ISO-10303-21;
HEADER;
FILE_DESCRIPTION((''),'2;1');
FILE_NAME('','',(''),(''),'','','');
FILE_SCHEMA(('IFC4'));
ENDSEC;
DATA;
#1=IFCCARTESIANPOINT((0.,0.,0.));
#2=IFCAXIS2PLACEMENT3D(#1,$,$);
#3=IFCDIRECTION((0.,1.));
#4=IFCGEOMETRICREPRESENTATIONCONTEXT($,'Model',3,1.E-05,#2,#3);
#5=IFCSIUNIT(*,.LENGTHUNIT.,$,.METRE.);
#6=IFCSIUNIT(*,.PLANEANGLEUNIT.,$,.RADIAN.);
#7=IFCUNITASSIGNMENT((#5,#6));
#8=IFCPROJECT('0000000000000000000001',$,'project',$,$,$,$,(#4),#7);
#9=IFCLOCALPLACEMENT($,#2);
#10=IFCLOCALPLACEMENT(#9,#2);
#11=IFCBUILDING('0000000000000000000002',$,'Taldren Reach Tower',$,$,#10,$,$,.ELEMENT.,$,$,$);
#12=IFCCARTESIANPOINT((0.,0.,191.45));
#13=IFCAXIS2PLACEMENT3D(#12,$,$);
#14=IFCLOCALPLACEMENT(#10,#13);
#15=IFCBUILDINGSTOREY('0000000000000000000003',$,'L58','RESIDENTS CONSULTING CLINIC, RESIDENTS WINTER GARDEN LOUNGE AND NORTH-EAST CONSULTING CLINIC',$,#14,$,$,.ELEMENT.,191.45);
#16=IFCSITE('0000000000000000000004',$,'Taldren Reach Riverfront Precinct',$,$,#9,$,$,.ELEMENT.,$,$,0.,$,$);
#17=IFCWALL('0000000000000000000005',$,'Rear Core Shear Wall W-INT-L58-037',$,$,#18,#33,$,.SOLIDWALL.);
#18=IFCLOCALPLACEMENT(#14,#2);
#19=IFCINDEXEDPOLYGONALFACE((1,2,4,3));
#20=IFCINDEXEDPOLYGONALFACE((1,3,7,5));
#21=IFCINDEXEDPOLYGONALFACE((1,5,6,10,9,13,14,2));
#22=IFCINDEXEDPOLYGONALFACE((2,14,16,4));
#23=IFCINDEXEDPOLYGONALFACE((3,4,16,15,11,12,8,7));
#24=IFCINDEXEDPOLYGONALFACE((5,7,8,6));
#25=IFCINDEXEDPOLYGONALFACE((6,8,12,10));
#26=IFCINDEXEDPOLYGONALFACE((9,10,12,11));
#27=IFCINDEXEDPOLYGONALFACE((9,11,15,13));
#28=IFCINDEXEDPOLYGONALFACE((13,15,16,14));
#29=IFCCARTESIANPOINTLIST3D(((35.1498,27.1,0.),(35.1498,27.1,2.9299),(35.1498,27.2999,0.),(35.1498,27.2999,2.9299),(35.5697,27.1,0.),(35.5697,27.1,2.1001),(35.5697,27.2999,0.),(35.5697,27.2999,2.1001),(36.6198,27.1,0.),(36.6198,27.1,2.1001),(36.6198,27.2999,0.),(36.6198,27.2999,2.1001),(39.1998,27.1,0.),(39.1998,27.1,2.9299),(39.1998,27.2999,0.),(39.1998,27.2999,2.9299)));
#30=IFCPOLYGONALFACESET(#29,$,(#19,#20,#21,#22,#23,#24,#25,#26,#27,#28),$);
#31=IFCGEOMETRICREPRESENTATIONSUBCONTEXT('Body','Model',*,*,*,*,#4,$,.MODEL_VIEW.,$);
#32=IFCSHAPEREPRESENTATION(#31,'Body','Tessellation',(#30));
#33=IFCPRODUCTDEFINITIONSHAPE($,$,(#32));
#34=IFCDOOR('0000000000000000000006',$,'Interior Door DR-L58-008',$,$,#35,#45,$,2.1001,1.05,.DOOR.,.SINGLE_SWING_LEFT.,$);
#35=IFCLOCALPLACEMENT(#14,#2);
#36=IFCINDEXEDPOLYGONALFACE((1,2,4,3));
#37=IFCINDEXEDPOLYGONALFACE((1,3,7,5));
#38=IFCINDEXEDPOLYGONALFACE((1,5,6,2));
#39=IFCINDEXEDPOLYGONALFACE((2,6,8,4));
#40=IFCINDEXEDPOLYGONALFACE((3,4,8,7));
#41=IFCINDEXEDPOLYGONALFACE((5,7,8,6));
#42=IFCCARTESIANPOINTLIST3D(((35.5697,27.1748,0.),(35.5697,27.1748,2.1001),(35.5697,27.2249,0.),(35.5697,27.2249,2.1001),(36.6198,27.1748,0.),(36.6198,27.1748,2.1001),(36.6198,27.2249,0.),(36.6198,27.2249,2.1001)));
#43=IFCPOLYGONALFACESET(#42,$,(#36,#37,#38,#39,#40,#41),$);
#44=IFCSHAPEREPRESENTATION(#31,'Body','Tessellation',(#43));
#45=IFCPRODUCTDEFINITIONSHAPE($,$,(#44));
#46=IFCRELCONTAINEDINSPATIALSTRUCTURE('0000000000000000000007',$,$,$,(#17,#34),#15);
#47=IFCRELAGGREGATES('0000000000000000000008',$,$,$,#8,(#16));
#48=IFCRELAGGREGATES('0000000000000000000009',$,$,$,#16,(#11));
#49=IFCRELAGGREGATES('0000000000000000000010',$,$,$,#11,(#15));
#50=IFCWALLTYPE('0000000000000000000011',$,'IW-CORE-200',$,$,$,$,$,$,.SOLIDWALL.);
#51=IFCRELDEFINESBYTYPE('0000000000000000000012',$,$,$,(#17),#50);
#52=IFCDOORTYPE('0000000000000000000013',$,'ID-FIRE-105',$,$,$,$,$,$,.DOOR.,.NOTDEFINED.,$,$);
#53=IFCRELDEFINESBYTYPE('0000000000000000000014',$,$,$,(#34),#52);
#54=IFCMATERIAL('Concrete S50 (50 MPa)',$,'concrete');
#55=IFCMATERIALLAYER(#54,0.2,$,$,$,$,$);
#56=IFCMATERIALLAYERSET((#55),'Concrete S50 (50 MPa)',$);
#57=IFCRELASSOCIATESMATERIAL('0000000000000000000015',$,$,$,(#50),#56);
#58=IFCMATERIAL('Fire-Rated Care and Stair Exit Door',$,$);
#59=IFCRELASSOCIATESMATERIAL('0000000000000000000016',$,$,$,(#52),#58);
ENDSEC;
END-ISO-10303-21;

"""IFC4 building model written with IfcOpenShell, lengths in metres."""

from ifc_helpers import new_model, si_unit, direction, frame, frame_2d, origin, place, context, subcontext, project, spatial, rectangle, extrude, source, transform, mapped, material, layer, layer_set, type_object, element, fill, save


model = new_model("IFC4")

# Units and contexts
model_context = context("Model", 3, precision=1e-05, world=origin(), true_north=direction((0.0, 1.0)))
body_context = subcontext(model_context, "Body", "Model", "MODEL_VIEW")
ifc_project = project(units=[si_unit("LENGTHUNIT", "METRE"), si_unit("PLANEANGLEUNIT", "RADIAN")], contexts=[model_context])

# Site, building, storey
site_placement = place(None, origin())
site = spatial("IfcSite", under=ifc_project, at=site_placement, Name="Taldren Reach Riverfront Precinct", CompositionType="ELEMENT", RefElevation=0.0)
building_placement = place(site_placement, origin())
building = spatial("IfcBuilding", under=site, at=building_placement, Name="Taldren Reach Tower", CompositionType="ELEMENT")
storey_placement = place(building_placement, frame((0.0, 0.0, 191.45)))
storey = spatial("IfcBuildingStorey", under=building, at=storey_placement, Name="L58", Description="RESIDENTS CONSULTING CLINIC, RESIDENTS WINTER GARDEN LOUNGE AND NORTH-EAST CONSULTING CLINIC", CompositionType="ELEMENT", Elevation=191.45)

# Shared definitions
ifc_material_1 = material(Name="Concrete S50 (50 MPa)", Category="concrete")
ifc_layer_1 = layer(ifc_material_1, 0.2)
ifc_layer_set_1 = layer_set([ifc_layer_1], Name="Concrete S50 (50 MPa)")
wall_type_1 = type_object("IfcWallType", Name="IW-CORE-200", PredefinedType="SOLIDWALL", material=ifc_layer_set_1)
shared_shape_1 = source(origin(), body_context, "Body", "SweptSolid", [
    extrude(rectangle(XDim=1.05, YDim=2.1001, at=frame_2d((0.5249, 1.05))), frame((0.0, 0.1099, 0.0), z_axis=(0.0, -1.0, 0.0), x_axis=(1.0, 0.0, 0.0)), (0.0, 0.0, 1.0), 0.22),
])
ifc_material_2 = material(Name="Fire-Rated Care and Stair Exit Door")
door_type = type_object("IfcDoorType", Name="ID-FIRE-105", OperationType="NOTDEFINED", PredefinedType="DOOR", material=ifc_material_2)
shared_shape_2 = source(origin(), body_context, "Body", "SweptSolid", [
    extrude(rectangle(XDim=1.05, YDim=2.1001, at=frame_2d((0.5249, 1.05))), frame((0.0, 0.0249, 0.0), z_axis=(0.0, -1.0, 0.0), x_axis=(1.0, 0.0, 0.0)), (0.0, 0.0, 1.0), 0.05),
])

# Wall, opening, door
shared_shape_3 = source(origin(), body_context, "Body", "SweptSolid", [
    extrude(rectangle(XDim=4.05, YDim=0.2, at=frame_2d((2.0249, 0.0))), origin(), (0.0, 0.0, 1.0), 2.9299),
])
wall_1_placement = place(storey_placement, frame((35.1499, 27.2, 0.0), z_axis=(0.0, 0.0, 1.0), x_axis=(1.0, 0.0, 0.0)))
wall_1 = element("IfcWall", 1, at=wall_1_placement, inside=storey, type_object=wall_type_1, Name="Rear Core Shear Wall W-INT-L58-037", PredefinedType="SOLIDWALL", context=body_context, shape_type="MappedRepresentation", body=[
    mapped(shared_shape_3, transform((0.0, 0.0, 0.0), scale=1.0)),
])
opening_1_placement = place(wall_1_placement, frame((0.4199, 0.0, 0.0)))
opening_1 = element("IfcOpeningElement", 2, at=opening_1_placement, cuts=wall_1, PredefinedType="OPENING", context=body_context, shape_type="MappedRepresentation", body=[
    mapped(shared_shape_1, transform((0.0, 0.0, 0.0), scale=1.0)),
])
door_1_placement = place(opening_1_placement, origin())
door_1 = element("IfcDoor", 3, at=door_1_placement, inside=storey, type_object=door_type, Name="Interior Door DR-L58-008", OperationType="SINGLE_SWING_LEFT", OverallHeight=2.1001, OverallWidth=1.05, PredefinedType="DOOR", context=body_context, shape_type="MappedRepresentation", body=[
    mapped(shared_shape_2, transform((0.0, 0.0, 0.0), scale=1.0)),
])
fill(opening_1, door_1)

save(model, "model.ifc")
